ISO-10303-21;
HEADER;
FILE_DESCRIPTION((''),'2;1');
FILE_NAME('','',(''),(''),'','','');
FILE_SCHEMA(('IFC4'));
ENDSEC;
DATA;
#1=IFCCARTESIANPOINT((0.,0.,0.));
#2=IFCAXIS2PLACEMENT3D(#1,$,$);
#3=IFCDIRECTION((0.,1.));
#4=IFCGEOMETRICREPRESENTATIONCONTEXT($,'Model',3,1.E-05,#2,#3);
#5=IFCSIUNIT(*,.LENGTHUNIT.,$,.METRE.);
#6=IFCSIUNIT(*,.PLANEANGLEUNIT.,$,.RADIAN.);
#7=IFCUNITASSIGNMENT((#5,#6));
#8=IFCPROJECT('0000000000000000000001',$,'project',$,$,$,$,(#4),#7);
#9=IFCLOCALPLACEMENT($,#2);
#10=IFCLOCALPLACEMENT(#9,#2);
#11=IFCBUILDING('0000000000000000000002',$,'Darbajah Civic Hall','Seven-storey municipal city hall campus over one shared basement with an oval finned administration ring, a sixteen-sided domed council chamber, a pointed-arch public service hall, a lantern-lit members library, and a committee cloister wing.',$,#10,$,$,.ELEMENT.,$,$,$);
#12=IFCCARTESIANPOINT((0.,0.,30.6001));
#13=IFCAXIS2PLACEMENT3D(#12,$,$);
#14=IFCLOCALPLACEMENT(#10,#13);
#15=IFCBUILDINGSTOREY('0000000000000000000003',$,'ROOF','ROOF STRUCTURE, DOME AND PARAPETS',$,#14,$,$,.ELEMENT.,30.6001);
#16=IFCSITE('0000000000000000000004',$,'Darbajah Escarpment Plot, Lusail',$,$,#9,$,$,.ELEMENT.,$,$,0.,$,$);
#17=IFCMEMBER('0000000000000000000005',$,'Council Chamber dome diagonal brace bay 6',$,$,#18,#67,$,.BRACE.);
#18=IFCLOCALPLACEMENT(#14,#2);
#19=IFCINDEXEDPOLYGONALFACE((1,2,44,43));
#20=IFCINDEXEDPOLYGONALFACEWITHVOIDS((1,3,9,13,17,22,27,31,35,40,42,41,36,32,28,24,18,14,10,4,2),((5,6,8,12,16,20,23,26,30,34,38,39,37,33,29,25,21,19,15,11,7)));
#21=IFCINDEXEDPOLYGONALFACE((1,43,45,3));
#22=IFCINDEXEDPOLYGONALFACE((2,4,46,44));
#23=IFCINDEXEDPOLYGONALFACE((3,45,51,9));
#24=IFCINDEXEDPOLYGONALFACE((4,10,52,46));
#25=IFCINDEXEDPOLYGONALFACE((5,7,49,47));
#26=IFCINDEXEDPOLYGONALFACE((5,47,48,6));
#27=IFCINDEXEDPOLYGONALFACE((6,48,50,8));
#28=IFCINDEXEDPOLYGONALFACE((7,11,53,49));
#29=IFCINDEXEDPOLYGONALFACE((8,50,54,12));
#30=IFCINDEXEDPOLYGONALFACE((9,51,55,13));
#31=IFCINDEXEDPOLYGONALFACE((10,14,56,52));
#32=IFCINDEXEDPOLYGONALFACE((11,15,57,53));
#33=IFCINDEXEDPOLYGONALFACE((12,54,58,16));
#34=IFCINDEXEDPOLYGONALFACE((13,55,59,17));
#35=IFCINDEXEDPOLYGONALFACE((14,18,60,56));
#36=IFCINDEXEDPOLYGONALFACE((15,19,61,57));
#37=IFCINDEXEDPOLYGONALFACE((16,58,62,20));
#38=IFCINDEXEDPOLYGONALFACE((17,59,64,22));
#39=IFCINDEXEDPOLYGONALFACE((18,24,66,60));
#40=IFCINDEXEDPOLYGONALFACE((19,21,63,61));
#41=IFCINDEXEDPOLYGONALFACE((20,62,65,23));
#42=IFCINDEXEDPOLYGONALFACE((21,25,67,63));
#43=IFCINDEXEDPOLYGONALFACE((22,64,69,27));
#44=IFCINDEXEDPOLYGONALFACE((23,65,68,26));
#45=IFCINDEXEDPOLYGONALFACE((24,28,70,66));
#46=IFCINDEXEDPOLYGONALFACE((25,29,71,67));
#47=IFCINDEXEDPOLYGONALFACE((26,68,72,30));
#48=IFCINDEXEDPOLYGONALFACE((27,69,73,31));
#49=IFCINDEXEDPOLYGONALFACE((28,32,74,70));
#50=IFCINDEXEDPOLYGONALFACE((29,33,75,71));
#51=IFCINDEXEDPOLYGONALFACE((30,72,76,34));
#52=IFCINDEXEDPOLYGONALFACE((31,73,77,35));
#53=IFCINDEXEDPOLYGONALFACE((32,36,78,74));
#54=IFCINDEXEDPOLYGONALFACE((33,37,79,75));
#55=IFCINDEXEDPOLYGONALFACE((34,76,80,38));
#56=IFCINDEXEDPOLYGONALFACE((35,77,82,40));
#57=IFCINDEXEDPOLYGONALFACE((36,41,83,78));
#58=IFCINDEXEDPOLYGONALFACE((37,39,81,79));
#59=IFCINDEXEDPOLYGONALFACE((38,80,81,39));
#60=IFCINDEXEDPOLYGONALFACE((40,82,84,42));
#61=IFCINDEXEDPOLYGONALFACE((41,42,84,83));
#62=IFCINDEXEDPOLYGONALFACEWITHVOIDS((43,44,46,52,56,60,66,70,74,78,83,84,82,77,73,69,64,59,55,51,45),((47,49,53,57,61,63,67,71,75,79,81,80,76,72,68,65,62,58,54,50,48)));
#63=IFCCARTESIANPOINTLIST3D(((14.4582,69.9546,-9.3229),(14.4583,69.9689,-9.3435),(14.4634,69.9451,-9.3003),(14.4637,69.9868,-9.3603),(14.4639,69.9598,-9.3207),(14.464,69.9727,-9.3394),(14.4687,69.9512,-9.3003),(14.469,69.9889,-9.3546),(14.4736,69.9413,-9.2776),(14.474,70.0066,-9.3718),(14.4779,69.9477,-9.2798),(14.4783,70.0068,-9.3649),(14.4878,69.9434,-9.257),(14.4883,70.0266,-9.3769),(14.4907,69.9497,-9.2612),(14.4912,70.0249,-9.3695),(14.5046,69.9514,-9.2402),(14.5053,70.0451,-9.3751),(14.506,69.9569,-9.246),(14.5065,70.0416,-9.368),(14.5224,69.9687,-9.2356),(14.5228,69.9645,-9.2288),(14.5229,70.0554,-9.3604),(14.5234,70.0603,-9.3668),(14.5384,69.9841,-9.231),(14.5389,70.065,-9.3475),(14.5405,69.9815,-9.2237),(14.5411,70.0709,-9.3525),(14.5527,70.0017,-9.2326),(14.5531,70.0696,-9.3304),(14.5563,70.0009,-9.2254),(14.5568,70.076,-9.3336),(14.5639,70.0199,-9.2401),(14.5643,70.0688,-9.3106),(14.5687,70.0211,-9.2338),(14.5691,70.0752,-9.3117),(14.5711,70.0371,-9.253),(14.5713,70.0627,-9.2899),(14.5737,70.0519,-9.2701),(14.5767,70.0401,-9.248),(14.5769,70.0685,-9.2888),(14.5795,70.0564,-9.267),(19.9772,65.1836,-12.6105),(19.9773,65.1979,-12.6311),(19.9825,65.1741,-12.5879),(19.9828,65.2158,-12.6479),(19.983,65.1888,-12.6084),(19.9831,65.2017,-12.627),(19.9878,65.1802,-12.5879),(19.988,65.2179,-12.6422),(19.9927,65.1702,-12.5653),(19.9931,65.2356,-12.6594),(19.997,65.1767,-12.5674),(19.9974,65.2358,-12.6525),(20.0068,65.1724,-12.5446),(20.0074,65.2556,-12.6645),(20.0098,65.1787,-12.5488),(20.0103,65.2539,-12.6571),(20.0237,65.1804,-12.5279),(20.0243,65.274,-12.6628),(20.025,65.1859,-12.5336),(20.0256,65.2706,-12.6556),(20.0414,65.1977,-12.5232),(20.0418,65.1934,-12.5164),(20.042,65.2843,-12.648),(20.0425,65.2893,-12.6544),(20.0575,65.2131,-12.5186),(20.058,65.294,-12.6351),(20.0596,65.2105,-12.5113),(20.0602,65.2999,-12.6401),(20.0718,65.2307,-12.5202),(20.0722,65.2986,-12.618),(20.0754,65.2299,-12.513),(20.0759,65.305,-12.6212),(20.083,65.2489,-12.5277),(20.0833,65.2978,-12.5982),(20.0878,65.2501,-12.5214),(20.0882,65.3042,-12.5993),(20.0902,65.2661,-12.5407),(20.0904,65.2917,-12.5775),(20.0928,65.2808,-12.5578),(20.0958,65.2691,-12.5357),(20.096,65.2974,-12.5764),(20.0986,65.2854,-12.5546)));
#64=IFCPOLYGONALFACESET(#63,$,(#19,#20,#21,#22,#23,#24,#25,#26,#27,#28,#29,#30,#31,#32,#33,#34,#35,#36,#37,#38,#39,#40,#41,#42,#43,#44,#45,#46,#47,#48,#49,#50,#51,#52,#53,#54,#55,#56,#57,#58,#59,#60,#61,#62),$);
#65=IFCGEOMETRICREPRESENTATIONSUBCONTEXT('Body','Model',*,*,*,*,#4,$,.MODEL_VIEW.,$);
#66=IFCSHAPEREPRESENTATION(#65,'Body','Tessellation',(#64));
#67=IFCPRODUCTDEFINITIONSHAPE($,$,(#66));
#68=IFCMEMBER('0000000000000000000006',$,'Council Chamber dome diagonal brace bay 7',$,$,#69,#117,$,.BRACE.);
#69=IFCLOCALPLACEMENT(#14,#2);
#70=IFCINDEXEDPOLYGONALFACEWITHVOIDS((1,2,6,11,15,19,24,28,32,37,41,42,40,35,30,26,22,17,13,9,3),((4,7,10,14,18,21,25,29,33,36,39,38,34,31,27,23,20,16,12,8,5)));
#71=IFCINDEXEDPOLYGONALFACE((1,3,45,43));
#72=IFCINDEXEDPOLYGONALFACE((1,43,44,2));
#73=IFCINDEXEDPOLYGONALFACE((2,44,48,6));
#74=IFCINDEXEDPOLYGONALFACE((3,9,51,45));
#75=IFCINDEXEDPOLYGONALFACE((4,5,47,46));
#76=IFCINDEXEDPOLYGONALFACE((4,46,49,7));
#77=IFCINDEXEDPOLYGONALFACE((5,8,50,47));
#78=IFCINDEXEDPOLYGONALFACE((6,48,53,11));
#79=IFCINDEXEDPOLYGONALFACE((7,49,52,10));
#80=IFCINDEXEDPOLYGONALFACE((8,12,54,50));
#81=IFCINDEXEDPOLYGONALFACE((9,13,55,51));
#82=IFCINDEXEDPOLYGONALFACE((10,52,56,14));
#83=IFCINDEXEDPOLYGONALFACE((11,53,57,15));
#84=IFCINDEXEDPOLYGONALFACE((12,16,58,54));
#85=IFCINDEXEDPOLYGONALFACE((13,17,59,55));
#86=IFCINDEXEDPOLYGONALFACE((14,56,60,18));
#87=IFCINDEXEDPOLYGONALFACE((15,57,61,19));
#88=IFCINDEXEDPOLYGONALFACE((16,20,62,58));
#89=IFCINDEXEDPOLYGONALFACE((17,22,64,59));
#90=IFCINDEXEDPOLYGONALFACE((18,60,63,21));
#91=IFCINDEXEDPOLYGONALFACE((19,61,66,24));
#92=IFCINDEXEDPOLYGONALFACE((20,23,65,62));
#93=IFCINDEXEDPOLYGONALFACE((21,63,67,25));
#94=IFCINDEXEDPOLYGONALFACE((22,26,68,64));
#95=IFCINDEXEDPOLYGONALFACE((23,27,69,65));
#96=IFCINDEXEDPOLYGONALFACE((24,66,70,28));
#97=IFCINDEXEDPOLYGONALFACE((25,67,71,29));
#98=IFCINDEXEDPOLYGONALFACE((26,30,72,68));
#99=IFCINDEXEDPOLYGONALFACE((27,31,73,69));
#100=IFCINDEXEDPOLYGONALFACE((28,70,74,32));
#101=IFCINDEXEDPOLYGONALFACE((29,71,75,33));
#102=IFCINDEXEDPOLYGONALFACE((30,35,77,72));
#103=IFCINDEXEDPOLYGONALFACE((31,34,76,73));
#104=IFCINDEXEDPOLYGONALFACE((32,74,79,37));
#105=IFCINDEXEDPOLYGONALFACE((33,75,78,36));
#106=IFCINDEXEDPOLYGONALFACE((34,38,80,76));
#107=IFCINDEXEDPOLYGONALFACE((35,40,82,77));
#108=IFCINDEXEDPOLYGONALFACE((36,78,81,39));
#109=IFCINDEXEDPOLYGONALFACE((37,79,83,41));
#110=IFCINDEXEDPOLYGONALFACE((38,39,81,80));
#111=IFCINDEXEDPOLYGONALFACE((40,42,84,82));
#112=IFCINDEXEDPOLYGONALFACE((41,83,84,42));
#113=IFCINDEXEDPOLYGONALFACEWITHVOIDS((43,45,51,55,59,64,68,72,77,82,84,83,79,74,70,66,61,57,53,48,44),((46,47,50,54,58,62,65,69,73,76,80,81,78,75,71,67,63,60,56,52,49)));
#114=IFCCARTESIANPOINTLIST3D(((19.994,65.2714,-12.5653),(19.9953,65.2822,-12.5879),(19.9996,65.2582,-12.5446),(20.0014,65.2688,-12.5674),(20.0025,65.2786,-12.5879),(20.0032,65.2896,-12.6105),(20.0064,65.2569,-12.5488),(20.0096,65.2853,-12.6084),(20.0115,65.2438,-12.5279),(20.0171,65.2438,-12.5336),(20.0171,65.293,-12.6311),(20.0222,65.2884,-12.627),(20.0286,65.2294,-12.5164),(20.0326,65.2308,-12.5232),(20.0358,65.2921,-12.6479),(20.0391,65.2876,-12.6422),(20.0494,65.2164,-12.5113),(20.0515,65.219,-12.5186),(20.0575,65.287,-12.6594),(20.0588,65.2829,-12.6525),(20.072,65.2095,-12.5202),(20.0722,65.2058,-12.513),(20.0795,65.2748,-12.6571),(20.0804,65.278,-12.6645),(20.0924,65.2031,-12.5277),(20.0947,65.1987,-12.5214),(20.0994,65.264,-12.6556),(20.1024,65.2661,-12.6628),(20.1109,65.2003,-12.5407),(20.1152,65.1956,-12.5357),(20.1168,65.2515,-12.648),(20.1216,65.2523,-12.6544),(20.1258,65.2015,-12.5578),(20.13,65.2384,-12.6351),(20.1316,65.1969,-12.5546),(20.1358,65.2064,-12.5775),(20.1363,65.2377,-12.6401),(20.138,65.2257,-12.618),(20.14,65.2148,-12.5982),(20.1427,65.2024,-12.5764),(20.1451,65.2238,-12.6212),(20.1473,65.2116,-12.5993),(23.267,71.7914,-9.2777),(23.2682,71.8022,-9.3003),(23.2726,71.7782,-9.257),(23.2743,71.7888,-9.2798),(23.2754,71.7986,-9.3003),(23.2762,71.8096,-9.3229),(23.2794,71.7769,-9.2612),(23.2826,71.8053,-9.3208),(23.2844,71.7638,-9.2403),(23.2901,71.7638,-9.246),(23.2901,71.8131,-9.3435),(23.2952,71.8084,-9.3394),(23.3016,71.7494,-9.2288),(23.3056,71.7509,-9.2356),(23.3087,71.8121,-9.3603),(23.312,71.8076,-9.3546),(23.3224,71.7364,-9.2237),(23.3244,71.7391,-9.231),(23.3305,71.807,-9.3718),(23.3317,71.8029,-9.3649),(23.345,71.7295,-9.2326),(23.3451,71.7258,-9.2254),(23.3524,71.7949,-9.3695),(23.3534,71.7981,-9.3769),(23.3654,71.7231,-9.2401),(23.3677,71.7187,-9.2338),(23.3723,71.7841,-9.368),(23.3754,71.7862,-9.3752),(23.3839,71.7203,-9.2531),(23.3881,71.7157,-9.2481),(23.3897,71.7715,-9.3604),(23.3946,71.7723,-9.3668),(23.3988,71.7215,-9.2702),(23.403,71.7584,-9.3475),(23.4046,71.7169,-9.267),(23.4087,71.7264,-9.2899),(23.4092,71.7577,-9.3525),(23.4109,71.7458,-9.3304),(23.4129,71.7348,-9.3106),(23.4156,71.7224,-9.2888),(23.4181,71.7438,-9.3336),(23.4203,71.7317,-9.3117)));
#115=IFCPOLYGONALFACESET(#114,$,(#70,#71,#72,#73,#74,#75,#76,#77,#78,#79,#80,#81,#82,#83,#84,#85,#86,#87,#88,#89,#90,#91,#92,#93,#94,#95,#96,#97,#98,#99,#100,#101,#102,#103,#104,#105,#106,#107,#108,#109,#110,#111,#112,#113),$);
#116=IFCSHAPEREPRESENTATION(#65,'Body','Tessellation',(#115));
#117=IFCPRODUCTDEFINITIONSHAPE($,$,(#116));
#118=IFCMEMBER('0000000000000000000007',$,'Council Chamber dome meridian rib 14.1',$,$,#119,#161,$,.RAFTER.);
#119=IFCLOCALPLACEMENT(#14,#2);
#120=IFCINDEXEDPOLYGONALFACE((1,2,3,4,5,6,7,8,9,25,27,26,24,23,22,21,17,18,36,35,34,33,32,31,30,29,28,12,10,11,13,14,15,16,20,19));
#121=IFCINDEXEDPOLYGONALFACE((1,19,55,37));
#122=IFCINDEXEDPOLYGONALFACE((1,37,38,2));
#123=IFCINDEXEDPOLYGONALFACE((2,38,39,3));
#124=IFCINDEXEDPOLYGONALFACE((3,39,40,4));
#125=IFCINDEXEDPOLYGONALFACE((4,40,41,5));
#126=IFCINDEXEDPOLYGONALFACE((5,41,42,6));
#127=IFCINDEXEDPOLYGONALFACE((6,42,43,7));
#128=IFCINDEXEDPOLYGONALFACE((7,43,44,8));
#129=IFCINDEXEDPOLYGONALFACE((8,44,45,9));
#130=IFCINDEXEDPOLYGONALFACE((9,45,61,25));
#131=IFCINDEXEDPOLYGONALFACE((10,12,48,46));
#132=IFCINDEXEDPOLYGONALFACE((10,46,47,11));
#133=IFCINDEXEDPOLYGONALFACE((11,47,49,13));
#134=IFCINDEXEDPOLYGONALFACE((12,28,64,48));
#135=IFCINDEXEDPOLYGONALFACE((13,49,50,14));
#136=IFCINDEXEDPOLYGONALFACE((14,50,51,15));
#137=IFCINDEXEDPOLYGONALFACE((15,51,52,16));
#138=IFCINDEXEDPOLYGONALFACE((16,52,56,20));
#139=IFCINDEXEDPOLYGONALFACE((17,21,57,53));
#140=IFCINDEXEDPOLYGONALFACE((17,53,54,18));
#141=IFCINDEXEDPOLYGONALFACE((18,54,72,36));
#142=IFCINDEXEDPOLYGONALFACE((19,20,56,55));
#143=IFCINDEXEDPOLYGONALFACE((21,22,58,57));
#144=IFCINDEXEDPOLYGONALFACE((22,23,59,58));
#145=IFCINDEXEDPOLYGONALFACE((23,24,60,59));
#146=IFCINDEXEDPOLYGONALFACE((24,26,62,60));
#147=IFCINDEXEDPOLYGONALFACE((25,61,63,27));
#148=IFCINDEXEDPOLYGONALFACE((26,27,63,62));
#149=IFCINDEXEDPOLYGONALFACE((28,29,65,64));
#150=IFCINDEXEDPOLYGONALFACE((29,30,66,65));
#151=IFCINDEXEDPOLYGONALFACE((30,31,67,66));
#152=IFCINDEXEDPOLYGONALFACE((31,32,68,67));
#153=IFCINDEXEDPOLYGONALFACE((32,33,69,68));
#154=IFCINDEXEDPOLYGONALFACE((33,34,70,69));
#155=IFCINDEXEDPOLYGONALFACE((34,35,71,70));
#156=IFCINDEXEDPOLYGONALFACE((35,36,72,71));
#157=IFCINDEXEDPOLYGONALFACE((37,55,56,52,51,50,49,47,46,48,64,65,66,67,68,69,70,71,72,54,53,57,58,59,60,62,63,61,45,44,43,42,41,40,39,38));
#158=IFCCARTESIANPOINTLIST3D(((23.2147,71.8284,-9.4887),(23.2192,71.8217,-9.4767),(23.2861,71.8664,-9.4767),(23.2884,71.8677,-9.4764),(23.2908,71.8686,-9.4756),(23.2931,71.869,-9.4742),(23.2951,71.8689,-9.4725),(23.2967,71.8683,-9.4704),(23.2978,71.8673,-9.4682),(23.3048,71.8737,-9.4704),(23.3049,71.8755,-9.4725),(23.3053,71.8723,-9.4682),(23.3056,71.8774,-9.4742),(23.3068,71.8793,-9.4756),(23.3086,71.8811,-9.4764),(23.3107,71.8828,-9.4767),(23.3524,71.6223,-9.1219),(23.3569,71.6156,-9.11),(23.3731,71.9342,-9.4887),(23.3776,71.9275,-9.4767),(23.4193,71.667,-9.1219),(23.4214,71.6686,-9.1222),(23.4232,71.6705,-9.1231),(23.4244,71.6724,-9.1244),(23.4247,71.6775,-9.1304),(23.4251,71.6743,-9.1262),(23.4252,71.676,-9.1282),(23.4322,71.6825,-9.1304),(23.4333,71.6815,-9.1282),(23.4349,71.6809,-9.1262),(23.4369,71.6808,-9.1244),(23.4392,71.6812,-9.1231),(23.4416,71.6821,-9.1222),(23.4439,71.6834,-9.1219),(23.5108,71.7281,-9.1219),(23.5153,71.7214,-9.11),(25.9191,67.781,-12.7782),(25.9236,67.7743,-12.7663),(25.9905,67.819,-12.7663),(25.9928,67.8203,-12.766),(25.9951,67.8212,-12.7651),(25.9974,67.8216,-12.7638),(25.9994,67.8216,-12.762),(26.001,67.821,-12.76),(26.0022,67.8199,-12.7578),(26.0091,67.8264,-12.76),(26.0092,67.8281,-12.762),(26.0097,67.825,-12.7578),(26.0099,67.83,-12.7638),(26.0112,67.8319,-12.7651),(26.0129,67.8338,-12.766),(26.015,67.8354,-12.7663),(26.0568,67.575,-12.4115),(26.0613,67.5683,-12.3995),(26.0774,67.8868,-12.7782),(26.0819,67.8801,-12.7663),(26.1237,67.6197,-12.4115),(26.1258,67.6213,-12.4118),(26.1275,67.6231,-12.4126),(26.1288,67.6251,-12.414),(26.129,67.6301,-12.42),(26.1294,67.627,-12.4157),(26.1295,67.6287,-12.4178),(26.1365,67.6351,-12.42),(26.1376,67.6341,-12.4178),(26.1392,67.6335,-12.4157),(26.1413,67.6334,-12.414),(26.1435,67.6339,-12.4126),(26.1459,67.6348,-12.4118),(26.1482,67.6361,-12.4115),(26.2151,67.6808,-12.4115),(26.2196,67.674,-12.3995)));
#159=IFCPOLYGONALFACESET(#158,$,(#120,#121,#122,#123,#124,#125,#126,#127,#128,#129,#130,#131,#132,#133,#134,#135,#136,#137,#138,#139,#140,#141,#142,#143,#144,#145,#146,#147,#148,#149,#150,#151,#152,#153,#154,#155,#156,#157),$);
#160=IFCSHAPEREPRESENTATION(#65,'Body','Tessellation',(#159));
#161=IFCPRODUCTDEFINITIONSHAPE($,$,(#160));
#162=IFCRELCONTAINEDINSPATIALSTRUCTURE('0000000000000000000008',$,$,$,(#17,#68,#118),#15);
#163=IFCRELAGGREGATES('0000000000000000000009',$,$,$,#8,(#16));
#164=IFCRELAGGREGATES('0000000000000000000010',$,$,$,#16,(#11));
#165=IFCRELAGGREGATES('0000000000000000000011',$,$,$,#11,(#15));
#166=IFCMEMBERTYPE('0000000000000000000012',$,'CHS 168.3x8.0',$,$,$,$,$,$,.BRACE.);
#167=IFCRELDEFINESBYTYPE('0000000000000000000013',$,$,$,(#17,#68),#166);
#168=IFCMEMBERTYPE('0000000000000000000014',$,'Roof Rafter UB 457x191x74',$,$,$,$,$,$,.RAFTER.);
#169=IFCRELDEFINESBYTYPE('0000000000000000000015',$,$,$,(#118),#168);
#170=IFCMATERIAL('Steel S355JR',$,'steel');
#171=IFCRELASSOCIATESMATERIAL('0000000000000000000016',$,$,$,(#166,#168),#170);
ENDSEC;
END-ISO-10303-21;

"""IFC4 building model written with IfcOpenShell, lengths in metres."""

from ifc_helpers import new_model, si_unit, direction, frame, origin, origin_2d, place, context, subcontext, project, spatial, hollow_circle, i_section, extrude, material, material_profile, profile_set, type_object, element, save


model = new_model("IFC4")

# Units and contexts
model_context = context("Model", 3, precision=1e-05, world=origin(), true_north=direction((0.0, 1.0)))
body_context = subcontext(model_context, "Body", "Model", "MODEL_VIEW")
ifc_project = project(units=[si_unit("LENGTHUNIT", "METRE"), si_unit("PLANEANGLEUNIT", "RADIAN")], contexts=[model_context])

# Site, building, storey
site_placement = place(None, origin())
site = spatial("IfcSite", under=ifc_project, at=site_placement, Name="Darbajah Escarpment Plot, Lusail", CompositionType="ELEMENT", RefElevation=0.0)
building_placement = place(site_placement, origin())
building = spatial("IfcBuilding", under=site, at=building_placement, Name="Darbajah Civic Hall", Description="Seven-storey municipal city hall campus over one shared basement with an oval finned administration ring, a sixteen-sided domed council chamber, a pointed-arch public service hall, a lantern-lit members library, and a committee cloister wing.", CompositionType="ELEMENT")
storey_placement = place(building_placement, frame((0.0, 0.0, 30.6001)))
storey = spatial("IfcBuildingStorey", under=building, at=storey_placement, Name="ROOF", Description="ROOF STRUCTURE, DOME AND PARAPETS", CompositionType="ELEMENT", Elevation=30.6001)

# Members
ifc_material = material(Name="Steel S355JR", Category="steel")
ifc_material_profile_1 = material_profile(ifc_material, hollow_circle(Radius=0.0842, WallThickness=0.0081, at=origin_2d()), Name="CHS 168.3x8.0")
ifc_profile_set_1 = profile_set([ifc_material_profile_1], Name="Steel S355JR")
member_type_1 = type_object("IfcMemberType", Name="CHS 168.3x8.0", PredefinedType="BRACE", material=ifc_profile_set_1)
for number, where, z_axis, x_axis, name in (
    (1, (20.0376, 65.2378, -12.5879), (-0.689716, 0.596232, 0.410852), (-0.653977, -0.756514, 0.0), "Council Chamber dome diagonal brace bay 6"),
    (2, (20.0706, 65.2444, -12.5879), (0.409019, 0.814804, 0.41085), (-0.893717, 0.448632, 0.0), "Council Chamber dome diagonal brace bay 7"),
):
    element("IfcMember", number, at=place(storey_placement, frame(where, z_axis=z_axis, x_axis=x_axis)), inside=storey, type_object=member_type_1, Name=name, PredefinedType="BRACE", context=body_context, shape_type="SweptSolid", body=[
        extrude(hollow_circle(Radius=0.0842, WallThickness=0.0081, at=origin_2d()), origin(), (0.0, 0.0, 1.0), 8.002),
    ])
ifc_material_profile_2 = material_profile(ifc_material, i_section(OverallWidth=0.1904, OverallDepth=0.457, WebThickness=0.009, FlangeThickness=0.0144, FilletRadius=0.0103, at=origin_2d()), Name="UB 457x191x74")
ifc_profile_set_2 = profile_set([ifc_material_profile_2], Name="Steel S355JR")
member_type_2 = type_object("IfcMemberType", Name="Roof Rafter UB 457x191x74", PredefinedType="RAFTER", material=ifc_profile_set_2)
member_1_placement = place(storey_placement, frame((26.0693, 67.7275, -12.5889), z_axis=(-0.460313, 0.688911, 0.559922), x_axis=(-0.831471, -0.555568, 0.0)))
element("IfcMember", 3, at=member_1_placement, inside=storey, type_object=member_type_2, Name="Council Chamber dome meridian rib 14.1", PredefinedType="RAFTER", context=body_context, shape_type="SweptSolid", body=[
    extrude(i_section(OverallWidth=0.1904, OverallDepth=0.457, WebThickness=0.009, FlangeThickness=0.0144, FilletRadius=0.0103, at=origin_2d()), origin(), (0.0, 0.0, 1.0), 5.875),
])

save(model, "model.ifc")
